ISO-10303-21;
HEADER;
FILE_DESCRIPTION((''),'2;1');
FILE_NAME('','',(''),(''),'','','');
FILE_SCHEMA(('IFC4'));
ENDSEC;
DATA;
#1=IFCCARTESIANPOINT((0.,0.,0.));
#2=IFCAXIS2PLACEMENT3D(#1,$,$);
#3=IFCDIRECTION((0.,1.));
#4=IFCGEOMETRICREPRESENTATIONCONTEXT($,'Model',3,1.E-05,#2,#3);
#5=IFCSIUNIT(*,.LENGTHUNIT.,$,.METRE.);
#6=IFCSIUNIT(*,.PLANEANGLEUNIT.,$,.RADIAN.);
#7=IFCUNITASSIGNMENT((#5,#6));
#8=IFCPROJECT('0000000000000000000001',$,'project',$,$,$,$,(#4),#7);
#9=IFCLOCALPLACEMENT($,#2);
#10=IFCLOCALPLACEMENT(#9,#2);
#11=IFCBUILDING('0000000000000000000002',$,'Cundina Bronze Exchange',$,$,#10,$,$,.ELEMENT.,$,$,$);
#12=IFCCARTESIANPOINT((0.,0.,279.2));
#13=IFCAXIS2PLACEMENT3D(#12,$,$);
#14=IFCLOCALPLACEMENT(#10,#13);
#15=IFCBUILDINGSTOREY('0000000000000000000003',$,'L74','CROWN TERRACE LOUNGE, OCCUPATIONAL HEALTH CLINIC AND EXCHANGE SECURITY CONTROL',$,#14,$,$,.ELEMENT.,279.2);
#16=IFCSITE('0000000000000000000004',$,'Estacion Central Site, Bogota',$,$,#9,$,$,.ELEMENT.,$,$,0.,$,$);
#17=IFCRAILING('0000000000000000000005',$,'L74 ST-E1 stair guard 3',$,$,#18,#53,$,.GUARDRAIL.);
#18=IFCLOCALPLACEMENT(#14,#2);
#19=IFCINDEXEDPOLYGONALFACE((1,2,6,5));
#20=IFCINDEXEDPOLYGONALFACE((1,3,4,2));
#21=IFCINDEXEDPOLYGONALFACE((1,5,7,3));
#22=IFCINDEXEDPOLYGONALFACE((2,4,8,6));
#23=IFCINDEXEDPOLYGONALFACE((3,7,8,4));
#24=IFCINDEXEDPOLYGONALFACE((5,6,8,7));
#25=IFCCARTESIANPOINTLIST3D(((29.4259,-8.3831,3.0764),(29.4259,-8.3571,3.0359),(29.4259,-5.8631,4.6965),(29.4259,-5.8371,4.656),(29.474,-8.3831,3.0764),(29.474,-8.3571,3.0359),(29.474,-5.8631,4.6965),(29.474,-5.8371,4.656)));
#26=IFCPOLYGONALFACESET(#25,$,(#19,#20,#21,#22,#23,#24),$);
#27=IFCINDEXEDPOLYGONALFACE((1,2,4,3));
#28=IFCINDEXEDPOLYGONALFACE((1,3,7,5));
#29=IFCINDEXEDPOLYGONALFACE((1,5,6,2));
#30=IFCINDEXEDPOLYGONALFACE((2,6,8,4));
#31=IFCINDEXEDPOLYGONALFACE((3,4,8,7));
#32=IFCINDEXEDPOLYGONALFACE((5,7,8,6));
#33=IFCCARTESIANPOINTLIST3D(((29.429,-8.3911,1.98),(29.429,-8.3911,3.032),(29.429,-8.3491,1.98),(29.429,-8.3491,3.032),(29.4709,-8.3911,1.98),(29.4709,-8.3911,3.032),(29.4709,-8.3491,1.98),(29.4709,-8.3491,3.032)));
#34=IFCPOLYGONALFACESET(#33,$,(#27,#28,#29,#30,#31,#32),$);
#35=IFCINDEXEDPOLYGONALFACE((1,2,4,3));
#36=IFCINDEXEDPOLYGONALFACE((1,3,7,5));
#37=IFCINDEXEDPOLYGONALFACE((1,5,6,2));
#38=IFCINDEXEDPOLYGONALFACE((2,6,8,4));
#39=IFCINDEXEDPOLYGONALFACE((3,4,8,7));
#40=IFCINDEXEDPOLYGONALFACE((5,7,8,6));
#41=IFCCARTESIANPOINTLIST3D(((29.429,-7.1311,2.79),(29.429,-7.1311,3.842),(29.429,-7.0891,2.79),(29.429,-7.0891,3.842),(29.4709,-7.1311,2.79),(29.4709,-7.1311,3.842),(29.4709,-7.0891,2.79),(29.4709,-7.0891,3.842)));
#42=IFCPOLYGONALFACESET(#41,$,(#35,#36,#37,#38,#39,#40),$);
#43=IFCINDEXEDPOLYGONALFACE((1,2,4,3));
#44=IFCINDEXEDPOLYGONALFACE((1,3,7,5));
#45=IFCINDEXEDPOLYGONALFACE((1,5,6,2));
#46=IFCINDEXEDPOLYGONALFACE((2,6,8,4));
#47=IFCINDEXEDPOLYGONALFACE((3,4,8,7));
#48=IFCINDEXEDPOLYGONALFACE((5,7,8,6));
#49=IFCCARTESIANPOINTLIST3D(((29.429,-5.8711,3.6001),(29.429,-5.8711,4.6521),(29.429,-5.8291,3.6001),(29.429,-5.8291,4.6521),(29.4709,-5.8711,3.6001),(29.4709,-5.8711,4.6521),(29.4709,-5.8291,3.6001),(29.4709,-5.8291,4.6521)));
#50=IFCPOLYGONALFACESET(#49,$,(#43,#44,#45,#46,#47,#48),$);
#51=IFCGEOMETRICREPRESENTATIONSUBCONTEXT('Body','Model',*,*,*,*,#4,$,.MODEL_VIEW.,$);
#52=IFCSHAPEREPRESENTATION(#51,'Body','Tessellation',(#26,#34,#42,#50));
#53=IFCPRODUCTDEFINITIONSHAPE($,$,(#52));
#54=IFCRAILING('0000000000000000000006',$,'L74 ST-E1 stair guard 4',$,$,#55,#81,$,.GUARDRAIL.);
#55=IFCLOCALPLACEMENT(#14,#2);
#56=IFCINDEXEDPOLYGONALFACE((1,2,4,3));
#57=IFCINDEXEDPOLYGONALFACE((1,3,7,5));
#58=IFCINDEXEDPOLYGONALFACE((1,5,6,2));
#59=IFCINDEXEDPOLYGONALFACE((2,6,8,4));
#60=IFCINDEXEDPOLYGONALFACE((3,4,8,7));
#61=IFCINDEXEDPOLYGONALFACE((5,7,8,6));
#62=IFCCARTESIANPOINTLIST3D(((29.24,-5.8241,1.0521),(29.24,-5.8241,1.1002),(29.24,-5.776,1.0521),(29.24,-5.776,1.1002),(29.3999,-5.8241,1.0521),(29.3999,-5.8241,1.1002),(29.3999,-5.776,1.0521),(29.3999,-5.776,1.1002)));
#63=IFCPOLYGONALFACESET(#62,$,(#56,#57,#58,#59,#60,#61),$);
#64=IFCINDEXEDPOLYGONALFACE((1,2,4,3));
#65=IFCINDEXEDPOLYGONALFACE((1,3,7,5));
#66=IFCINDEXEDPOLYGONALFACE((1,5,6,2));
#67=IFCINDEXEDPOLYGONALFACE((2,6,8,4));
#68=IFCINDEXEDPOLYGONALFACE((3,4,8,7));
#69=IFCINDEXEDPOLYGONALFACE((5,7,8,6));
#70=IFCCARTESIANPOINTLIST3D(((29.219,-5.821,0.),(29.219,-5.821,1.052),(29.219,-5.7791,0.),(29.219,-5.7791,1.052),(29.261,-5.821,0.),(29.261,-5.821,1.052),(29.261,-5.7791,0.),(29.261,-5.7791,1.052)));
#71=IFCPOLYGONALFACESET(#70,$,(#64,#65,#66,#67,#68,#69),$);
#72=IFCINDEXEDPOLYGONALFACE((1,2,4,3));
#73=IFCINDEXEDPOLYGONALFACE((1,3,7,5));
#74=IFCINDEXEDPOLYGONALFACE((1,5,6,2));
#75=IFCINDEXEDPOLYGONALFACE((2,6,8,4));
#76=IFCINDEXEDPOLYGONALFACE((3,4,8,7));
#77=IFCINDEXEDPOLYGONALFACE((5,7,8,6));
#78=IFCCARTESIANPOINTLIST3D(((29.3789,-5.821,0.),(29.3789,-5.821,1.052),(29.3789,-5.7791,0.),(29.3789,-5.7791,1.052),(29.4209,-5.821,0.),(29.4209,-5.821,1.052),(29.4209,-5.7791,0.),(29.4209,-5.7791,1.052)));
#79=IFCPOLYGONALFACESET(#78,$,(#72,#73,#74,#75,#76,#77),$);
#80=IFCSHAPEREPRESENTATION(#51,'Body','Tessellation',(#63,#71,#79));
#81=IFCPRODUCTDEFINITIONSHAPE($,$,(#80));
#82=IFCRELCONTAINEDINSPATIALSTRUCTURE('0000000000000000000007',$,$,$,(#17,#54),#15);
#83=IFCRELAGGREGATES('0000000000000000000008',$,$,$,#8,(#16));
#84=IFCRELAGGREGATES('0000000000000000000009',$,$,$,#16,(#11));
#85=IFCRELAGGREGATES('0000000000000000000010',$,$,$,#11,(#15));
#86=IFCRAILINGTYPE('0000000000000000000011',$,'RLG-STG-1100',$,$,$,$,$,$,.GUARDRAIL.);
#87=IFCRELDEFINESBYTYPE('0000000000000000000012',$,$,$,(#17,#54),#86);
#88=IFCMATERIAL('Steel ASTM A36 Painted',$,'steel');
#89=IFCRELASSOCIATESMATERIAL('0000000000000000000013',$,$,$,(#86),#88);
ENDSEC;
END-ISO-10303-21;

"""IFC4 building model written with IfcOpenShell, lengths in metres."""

from ifc_helpers import new_model, si_unit, direction, frame, origin, origin_2d, place, context, subcontext, project, spatial, rectangle, extrude, material, type_object, element, save


model = new_model("IFC4")

# Units and contexts
model_context = context("Model", 3, precision=1e-05, world=origin(), true_north=direction((0.0, 1.0)))
body_context = subcontext(model_context, "Body", "Model", "MODEL_VIEW")
ifc_project = project(units=[si_unit("LENGTHUNIT", "METRE"), si_unit("PLANEANGLEUNIT", "RADIAN")], contexts=[model_context])

# Site, building, storey
site_placement = place(None, origin())
site = spatial("IfcSite", under=ifc_project, at=site_placement, Name="Estacion Central Site, Bogota", CompositionType="ELEMENT", RefElevation=0.0)
building_placement = place(site_placement, origin())
building = spatial("IfcBuilding", under=site, at=building_placement, Name="Cundina Bronze Exchange", CompositionType="ELEMENT")
storey_placement = place(building_placement, frame((0.0, 0.0, 279.2)))
storey = spatial("IfcBuildingStorey", under=building, at=storey_placement, Name="L74", Description="CROWN TERRACE LOUNGE, OCCUPATIONAL HEALTH CLINIC AND EXCHANGE SECURITY CONTROL", CompositionType="ELEMENT", Elevation=279.2)

# Railings
ifc_material_1 = material(Name="Steel ASTM A36 Painted", Category="steel")
railing_type_1 = type_object("IfcRailingType", Name="RLG-STG-1100", PredefinedType="GUARDRAIL", material=ifc_material_1)
railing_1_placement = place(storey_placement, frame((29.45, -8.3701, 1.98)))
element("IfcRailing", 1, at=railing_1_placement, inside=storey, type_object=railing_type_1, Name="L74 ST-E1 stair guard 3", PredefinedType="GUARDRAIL", context=body_context, shape_type="SweptSolid", body=[
    extrude(rectangle(XDim=0.0481, YDim=0.0481, at=origin_2d()), frame((0.0, 0.0, 1.0762), z_axis=(0.0, 0.841163, 0.540782), x_axis=(-1.0, 0.0, 0.0)), (0.0, 0.0, 1.0), 2.9958),
    extrude(rectangle(XDim=0.042, YDim=0.042, at=origin_2d()), origin(), (0.0, 0.0, 1.0), 1.052),
    extrude(rectangle(XDim=0.042, YDim=0.042, at=origin_2d()), frame((0.0, 1.26, 0.8101)), (0.0, 0.0, 1.0), 1.052),
    extrude(rectangle(XDim=0.042, YDim=0.042, at=origin_2d()), frame((0.0, 2.52, 1.6201)), (0.0, 0.0, 1.0), 1.052),
])
railing_2_placement = place(storey_placement, frame((29.24, -5.8, 0.0)))
element("IfcRailing", 2, at=railing_2_placement, inside=storey, type_object=railing_type_1, Name="L74 ST-E1 stair guard 4", PredefinedType="GUARDRAIL", context=body_context, shape_type="SweptSolid", body=[
    extrude(rectangle(XDim=0.0481, YDim=0.0481, at=origin_2d()), frame((0.0, 0.0, 1.0762), z_axis=(1.0, 0.0, 0.0), x_axis=(0.0, 1.0, 0.0)), (0.0, 0.0, 1.0), 0.1599),
    extrude(rectangle(XDim=0.042, YDim=0.042, at=origin_2d()), origin(), (0.0, 0.0, 1.0), 1.052),
    extrude(rectangle(XDim=0.042, YDim=0.042, at=origin_2d()), frame((0.1599, 0.0, 0.0)), (0.0, 0.0, 1.0), 1.052),
])

save(model, "model.ifc")
